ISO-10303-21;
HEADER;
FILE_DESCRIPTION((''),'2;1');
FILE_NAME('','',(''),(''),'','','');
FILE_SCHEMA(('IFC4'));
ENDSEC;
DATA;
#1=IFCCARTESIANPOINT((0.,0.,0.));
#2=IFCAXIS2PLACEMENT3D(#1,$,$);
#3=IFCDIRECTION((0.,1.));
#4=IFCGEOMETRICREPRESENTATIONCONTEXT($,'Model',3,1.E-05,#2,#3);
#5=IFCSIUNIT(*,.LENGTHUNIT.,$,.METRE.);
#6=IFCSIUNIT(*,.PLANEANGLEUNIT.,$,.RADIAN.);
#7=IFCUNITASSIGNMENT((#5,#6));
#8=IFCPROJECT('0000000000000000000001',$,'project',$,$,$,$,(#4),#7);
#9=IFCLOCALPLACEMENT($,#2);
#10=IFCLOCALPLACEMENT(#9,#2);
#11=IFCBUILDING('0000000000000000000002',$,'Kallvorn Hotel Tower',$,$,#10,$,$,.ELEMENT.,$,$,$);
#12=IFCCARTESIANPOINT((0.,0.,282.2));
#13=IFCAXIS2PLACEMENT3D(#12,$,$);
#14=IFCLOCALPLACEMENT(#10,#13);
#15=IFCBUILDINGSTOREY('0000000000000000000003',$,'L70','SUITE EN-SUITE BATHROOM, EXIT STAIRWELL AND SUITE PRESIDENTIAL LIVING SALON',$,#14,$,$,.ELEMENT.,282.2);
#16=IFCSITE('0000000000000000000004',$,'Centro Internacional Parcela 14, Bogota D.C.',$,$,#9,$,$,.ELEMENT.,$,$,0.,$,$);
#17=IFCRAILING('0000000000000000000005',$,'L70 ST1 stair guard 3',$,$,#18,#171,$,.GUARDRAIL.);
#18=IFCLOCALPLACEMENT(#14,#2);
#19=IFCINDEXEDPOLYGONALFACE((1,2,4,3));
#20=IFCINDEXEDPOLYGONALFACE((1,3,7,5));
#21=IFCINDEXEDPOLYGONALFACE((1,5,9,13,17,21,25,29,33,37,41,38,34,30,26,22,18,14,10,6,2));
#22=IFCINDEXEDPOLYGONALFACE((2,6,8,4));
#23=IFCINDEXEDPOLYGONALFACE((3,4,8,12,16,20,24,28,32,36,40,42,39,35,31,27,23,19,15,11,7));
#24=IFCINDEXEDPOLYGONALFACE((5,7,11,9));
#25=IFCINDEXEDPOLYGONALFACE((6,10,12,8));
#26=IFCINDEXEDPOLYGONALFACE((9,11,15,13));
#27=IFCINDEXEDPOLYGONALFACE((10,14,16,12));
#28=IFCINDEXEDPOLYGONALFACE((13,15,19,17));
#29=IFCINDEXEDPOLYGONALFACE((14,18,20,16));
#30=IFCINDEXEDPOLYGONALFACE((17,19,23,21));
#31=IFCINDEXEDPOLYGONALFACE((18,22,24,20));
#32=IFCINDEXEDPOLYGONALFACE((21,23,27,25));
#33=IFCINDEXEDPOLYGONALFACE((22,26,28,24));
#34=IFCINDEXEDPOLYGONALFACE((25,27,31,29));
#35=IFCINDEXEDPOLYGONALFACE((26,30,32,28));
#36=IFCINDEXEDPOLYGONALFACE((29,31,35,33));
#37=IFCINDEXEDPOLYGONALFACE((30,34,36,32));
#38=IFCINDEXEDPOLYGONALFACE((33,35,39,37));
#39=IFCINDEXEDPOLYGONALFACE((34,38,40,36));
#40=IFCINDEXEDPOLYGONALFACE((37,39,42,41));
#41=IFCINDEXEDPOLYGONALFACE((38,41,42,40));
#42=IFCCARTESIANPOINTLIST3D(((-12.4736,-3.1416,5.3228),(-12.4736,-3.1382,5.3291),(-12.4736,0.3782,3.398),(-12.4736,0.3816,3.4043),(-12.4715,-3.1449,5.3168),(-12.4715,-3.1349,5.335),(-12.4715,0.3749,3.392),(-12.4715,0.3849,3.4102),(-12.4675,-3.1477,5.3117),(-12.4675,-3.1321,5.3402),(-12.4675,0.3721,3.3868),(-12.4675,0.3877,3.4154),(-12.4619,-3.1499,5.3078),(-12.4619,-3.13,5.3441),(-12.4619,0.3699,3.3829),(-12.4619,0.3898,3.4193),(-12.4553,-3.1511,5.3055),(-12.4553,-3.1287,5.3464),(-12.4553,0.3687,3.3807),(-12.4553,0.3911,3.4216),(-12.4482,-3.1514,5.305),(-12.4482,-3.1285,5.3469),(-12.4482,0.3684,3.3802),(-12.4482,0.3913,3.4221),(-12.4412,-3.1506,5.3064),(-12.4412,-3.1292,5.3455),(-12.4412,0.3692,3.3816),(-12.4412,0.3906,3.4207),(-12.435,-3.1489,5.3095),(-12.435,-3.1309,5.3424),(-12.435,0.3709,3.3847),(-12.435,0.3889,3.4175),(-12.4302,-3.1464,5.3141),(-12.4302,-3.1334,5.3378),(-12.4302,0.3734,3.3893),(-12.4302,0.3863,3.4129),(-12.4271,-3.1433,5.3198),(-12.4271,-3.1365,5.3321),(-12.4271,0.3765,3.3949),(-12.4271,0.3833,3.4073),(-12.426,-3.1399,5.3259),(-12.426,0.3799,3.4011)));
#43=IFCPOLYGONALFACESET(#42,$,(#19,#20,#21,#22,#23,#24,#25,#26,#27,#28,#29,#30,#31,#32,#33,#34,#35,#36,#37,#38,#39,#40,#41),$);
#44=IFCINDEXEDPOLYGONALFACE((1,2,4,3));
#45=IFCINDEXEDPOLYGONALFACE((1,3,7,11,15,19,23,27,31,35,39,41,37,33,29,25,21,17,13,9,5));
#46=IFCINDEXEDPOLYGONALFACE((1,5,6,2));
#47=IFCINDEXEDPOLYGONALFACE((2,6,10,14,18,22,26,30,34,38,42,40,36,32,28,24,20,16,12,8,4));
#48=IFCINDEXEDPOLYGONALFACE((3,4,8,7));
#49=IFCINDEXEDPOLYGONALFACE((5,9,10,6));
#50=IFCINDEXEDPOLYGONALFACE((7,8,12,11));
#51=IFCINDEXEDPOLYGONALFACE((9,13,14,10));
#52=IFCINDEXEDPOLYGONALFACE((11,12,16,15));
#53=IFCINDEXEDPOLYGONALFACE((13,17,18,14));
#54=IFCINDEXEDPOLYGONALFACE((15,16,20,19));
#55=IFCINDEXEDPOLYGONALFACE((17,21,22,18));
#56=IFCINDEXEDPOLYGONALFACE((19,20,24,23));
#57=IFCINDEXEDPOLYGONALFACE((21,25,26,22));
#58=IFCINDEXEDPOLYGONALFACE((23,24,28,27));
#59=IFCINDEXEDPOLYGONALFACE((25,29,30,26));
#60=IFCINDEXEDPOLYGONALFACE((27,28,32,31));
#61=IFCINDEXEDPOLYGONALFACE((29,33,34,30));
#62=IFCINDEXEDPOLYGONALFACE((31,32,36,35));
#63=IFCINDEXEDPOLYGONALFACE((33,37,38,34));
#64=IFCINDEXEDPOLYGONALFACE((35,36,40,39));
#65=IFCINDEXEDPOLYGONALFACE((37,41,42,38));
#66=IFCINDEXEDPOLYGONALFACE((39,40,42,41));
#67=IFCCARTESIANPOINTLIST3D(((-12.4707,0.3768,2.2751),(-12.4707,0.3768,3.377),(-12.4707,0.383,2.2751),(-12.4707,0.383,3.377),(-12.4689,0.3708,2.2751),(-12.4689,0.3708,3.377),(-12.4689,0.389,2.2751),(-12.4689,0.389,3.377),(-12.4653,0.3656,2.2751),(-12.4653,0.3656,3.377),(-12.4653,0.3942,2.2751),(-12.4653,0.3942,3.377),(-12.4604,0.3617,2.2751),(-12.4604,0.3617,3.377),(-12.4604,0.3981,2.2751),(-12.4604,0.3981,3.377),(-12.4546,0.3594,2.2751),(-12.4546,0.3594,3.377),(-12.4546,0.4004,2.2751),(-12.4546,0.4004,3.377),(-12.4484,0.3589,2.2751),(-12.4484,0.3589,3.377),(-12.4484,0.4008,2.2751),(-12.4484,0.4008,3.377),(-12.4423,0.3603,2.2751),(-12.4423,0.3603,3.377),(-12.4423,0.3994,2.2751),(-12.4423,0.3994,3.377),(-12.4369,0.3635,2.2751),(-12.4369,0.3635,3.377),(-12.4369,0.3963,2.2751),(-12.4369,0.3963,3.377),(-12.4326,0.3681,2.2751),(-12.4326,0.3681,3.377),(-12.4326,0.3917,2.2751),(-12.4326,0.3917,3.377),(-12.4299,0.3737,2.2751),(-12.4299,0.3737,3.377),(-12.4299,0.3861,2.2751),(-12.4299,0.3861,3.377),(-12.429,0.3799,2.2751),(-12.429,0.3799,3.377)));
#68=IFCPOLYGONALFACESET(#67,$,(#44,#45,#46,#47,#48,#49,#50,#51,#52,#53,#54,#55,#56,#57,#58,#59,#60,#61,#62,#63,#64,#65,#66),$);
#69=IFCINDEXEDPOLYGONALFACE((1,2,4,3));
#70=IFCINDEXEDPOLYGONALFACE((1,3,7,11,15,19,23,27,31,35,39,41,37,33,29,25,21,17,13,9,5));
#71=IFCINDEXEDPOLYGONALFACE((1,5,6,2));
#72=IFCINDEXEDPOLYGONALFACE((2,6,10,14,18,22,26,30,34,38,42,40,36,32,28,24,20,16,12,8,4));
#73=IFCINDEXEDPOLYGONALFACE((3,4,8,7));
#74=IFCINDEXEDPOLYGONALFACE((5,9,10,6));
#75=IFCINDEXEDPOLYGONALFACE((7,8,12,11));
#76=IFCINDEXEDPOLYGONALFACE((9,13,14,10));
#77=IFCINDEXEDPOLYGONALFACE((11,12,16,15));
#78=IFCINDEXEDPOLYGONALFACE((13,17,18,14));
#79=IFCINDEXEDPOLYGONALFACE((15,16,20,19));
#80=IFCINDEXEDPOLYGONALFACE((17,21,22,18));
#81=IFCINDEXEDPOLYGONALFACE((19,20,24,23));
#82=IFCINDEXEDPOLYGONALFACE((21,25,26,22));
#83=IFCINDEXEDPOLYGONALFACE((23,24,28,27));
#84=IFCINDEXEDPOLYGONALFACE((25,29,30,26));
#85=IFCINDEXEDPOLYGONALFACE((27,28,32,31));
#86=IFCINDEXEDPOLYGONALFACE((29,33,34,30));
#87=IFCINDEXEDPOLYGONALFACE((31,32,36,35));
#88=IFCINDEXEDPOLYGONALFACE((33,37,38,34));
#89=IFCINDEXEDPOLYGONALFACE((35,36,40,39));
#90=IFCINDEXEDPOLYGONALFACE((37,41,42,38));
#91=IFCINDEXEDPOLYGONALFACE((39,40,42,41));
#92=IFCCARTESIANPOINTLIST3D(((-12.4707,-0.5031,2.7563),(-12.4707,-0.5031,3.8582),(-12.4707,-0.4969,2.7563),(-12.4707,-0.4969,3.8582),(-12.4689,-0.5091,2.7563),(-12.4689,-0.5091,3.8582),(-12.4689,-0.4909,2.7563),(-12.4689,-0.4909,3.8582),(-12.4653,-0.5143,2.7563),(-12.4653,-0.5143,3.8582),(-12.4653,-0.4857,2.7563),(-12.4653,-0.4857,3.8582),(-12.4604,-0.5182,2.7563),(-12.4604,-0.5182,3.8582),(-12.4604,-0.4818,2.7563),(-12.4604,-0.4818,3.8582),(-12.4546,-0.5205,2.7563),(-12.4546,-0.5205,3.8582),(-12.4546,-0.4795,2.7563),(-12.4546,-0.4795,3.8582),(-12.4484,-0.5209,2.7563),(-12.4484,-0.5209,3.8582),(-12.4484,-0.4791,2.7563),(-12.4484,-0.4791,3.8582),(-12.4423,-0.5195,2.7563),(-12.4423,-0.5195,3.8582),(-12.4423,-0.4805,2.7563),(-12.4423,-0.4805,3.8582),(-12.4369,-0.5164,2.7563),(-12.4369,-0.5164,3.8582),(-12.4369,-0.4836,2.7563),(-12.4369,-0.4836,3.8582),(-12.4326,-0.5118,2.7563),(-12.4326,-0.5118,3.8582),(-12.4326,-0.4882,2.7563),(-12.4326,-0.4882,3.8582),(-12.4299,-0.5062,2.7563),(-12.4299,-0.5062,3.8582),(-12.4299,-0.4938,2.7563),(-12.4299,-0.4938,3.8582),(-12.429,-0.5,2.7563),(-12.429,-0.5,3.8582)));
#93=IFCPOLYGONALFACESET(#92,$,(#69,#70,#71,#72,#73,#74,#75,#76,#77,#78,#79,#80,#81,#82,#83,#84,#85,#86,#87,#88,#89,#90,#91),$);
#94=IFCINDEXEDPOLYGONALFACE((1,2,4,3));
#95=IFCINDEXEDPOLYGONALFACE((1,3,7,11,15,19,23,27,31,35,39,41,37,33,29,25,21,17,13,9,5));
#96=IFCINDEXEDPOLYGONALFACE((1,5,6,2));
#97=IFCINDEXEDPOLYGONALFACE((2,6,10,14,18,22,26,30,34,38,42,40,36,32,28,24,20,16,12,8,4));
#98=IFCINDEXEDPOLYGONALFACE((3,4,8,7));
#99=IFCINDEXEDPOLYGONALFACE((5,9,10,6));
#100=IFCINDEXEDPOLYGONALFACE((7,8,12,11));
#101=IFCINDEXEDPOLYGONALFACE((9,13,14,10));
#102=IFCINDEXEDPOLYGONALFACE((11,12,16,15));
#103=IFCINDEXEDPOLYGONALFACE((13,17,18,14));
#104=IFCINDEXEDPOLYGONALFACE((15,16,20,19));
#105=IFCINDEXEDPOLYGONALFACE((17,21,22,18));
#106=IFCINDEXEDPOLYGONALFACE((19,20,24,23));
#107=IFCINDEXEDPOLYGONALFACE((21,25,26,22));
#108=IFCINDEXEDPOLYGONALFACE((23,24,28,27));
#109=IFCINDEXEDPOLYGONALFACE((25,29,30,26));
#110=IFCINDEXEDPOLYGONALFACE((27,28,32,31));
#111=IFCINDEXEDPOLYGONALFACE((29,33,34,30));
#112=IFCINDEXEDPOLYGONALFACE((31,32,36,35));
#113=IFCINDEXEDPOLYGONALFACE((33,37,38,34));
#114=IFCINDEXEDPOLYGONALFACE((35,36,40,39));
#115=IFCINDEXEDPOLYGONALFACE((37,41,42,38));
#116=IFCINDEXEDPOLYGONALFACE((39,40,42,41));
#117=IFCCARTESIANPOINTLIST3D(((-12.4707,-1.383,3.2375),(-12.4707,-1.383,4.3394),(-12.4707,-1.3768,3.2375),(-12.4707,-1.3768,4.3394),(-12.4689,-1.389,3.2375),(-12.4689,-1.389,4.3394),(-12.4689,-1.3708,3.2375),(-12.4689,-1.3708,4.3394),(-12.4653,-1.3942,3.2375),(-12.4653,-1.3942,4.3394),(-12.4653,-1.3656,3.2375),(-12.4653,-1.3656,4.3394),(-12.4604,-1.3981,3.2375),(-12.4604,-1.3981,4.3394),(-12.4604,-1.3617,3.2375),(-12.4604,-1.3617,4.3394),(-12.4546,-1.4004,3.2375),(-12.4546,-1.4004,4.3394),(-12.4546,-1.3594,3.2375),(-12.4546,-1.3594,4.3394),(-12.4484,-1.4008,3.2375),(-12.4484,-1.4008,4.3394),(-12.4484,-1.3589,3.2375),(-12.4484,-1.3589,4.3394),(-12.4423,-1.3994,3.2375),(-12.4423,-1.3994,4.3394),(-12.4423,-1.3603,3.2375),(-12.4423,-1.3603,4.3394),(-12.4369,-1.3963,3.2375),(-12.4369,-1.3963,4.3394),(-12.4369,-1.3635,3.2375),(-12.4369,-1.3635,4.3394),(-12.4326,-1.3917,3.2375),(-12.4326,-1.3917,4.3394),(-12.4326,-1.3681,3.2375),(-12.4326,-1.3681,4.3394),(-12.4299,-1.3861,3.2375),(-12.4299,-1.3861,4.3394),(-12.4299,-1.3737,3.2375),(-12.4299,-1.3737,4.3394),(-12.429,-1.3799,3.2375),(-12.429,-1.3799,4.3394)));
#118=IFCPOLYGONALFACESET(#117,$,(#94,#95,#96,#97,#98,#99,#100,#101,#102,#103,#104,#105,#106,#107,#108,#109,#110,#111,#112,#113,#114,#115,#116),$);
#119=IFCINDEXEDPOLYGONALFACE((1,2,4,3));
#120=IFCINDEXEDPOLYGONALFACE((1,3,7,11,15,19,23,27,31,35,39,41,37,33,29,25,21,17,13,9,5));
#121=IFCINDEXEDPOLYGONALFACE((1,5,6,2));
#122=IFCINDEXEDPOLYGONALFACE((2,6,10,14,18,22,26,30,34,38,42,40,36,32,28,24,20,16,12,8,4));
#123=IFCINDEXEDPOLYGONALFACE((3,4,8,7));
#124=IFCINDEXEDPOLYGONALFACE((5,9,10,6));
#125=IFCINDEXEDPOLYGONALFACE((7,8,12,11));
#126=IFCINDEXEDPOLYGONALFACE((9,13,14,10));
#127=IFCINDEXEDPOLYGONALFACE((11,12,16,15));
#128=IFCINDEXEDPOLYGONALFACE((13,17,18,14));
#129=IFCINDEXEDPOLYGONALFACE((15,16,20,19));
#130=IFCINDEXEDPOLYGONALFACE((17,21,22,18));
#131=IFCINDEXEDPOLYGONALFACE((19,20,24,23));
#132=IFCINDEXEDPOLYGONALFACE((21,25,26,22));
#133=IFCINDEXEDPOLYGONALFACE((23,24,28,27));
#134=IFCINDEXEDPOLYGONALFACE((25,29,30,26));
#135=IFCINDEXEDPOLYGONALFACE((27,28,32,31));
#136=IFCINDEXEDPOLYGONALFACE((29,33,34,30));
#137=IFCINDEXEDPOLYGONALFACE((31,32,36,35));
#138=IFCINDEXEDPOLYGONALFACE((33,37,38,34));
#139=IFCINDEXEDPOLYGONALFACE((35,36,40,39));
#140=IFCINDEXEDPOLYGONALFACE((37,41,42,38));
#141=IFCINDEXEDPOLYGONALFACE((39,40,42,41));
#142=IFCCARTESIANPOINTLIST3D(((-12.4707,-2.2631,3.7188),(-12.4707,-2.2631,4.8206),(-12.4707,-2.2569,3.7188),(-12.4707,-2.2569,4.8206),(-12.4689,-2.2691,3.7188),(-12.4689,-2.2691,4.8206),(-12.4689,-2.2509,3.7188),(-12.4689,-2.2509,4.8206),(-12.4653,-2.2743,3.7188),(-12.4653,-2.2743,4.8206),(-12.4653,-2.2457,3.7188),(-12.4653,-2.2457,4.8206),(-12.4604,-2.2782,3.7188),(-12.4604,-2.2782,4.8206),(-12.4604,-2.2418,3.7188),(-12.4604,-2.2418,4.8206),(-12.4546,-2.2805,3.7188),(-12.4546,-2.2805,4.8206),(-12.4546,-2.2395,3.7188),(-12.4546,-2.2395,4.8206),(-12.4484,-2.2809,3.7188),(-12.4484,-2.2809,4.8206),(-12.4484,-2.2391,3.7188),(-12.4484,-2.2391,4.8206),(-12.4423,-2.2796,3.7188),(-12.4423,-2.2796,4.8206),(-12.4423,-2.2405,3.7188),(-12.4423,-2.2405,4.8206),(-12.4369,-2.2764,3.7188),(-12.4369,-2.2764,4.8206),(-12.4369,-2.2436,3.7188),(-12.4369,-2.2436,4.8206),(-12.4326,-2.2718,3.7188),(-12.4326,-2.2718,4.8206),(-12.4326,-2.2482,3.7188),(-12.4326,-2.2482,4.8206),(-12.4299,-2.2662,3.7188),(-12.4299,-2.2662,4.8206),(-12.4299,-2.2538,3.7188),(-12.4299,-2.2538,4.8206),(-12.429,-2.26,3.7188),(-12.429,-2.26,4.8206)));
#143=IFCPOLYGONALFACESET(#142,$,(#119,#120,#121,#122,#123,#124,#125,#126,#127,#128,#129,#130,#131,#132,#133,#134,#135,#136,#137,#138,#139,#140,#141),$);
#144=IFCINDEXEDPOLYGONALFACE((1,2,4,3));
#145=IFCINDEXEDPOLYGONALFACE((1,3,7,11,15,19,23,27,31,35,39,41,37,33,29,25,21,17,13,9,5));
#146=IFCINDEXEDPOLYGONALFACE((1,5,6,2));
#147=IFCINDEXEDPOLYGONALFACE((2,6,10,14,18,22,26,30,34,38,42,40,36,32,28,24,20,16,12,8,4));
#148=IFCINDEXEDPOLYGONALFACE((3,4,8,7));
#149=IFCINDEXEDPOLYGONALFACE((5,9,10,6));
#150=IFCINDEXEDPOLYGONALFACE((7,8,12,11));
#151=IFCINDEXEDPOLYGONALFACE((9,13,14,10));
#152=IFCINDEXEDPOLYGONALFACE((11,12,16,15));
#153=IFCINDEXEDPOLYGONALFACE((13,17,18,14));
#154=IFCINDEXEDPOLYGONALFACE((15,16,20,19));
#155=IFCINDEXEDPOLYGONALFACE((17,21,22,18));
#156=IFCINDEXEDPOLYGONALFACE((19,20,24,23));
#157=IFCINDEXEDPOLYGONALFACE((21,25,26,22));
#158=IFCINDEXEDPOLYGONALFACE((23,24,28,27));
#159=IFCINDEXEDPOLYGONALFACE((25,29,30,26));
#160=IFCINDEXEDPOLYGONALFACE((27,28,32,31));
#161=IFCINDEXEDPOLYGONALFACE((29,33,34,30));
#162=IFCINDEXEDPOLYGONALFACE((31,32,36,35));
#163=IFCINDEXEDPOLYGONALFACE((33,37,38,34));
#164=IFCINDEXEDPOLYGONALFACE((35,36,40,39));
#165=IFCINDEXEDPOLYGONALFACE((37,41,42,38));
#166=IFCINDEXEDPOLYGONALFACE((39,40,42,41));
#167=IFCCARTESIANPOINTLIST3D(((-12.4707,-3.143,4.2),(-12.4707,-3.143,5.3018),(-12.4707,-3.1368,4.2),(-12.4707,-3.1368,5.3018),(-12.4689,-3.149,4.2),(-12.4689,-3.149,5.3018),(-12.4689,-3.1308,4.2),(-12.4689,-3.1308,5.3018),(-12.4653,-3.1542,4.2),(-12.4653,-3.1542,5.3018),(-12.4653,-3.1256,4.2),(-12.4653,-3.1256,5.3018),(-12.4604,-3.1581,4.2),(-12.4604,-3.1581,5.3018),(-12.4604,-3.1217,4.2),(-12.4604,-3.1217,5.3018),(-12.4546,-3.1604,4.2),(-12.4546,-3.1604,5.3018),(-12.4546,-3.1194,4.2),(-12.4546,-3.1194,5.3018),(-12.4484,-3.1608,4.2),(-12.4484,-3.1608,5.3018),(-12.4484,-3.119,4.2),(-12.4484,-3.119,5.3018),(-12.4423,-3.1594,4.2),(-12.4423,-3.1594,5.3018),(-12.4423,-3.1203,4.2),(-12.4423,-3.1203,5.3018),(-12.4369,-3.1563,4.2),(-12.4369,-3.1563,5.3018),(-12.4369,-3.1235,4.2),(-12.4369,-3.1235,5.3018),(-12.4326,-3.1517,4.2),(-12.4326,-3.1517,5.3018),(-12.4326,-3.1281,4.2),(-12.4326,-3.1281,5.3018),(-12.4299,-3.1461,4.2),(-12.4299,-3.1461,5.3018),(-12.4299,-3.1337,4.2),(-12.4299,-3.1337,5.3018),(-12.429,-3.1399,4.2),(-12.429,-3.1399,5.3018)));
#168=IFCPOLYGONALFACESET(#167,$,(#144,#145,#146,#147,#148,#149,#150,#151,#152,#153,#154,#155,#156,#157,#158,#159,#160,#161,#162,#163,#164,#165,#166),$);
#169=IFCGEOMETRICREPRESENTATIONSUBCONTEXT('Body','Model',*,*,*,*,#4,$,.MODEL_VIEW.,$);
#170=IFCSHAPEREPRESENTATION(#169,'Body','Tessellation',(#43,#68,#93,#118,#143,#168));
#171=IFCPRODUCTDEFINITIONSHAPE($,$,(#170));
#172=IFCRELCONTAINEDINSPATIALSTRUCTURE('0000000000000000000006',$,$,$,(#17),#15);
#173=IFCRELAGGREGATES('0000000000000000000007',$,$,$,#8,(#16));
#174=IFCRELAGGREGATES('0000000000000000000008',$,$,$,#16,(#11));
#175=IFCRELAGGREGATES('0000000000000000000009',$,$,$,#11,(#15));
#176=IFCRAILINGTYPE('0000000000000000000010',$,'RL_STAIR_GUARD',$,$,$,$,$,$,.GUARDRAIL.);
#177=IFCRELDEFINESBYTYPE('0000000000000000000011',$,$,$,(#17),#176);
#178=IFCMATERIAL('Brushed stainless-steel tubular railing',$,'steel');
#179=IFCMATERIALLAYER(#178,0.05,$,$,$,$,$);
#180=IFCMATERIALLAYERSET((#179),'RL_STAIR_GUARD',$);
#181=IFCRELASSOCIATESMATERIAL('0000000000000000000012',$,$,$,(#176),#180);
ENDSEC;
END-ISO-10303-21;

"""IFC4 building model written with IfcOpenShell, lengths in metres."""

from ifc_helpers import new_model, si_unit, direction, frame, origin, origin_2d, place, context, subcontext, project, spatial, circle, extrude, material, layer, layer_set, type_object, element, save


model = new_model("IFC4")

# Units and contexts
model_context = context("Model", 3, precision=1e-05, world=origin(), true_north=direction((0.0, 1.0)))
body_context = subcontext(model_context, "Body", "Model", "MODEL_VIEW")
ifc_project = project(units=[si_unit("LENGTHUNIT", "METRE"), si_unit("PLANEANGLEUNIT", "RADIAN")], contexts=[model_context])

# Site, building, storey
site_placement = place(None, origin())
site = spatial("IfcSite", under=ifc_project, at=site_placement, Name="Centro Internacional Parcela 14, Bogota D.C.", CompositionType="ELEMENT", RefElevation=0.0)
building_placement = place(site_placement, origin())
building = spatial("IfcBuilding", under=site, at=building_placement, Name="Kallvorn Hotel Tower", CompositionType="ELEMENT")
storey_placement = place(building_placement, frame((0.0, 0.0, 282.2)))
storey = spatial("IfcBuildingStorey", under=building, at=storey_placement, Name="L70", Description="SUITE EN-SUITE BATHROOM, EXIT STAIRWELL AND SUITE PRESIDENTIAL LIVING SALON", CompositionType="ELEMENT", Elevation=282.2)

# Railing
ifc_material_1 = material(Name="Brushed stainless-steel tubular railing", Category="steel")
ifc_layer_1 = layer(ifc_material_1, 0.05)
ifc_layer_set_1 = layer_set([ifc_layer_1], Name="RL_STAIR_GUARD")
railing_type_1 = type_object("IfcRailingType", Name="RL_STAIR_GUARD", PredefinedType="GUARDRAIL", material=ifc_layer_set_1)
railing_1_placement = place(storey_placement, frame((-12.45, 0.3799, 2.2751)))
element("IfcRailing", 1, at=railing_1_placement, inside=storey, type_object=railing_type_1, Name="L70 ST1 stair guard 3", PredefinedType="GUARDRAIL", context=body_context, shape_type="SweptSolid", body=[
    extrude(circle(Radius=0.0239, at=origin_2d()), frame((0.0, 0.0, 1.126), z_axis=(0.0, -0.877379, 0.479798), x_axis=(1.0, 0.0, 0.0)), (0.0, 0.0, 1.0), 4.0117),
    extrude(circle(Radius=0.021, at=origin_2d()), origin(), (0.0, 0.0, 1.0), 1.1018),
    extrude(circle(Radius=0.021, at=origin_2d()), frame((0.0, -0.8799, 0.4812)), (0.0, 0.0, 1.0), 1.1018),
    extrude(circle(Radius=0.021, at=origin_2d()), frame((0.0, -1.7598, 0.9624)), (0.0, 0.0, 1.0), 1.1018),
    extrude(circle(Radius=0.021, at=origin_2d()), frame((0.0, -2.6399, 1.4436)), (0.0, 0.0, 1.0), 1.1018),
    extrude(circle(Radius=0.021, at=origin_2d()), frame((0.0, -3.5198, 1.9248)), (0.0, 0.0, 1.0), 1.1018),
])

save(model, "model.ifc")
